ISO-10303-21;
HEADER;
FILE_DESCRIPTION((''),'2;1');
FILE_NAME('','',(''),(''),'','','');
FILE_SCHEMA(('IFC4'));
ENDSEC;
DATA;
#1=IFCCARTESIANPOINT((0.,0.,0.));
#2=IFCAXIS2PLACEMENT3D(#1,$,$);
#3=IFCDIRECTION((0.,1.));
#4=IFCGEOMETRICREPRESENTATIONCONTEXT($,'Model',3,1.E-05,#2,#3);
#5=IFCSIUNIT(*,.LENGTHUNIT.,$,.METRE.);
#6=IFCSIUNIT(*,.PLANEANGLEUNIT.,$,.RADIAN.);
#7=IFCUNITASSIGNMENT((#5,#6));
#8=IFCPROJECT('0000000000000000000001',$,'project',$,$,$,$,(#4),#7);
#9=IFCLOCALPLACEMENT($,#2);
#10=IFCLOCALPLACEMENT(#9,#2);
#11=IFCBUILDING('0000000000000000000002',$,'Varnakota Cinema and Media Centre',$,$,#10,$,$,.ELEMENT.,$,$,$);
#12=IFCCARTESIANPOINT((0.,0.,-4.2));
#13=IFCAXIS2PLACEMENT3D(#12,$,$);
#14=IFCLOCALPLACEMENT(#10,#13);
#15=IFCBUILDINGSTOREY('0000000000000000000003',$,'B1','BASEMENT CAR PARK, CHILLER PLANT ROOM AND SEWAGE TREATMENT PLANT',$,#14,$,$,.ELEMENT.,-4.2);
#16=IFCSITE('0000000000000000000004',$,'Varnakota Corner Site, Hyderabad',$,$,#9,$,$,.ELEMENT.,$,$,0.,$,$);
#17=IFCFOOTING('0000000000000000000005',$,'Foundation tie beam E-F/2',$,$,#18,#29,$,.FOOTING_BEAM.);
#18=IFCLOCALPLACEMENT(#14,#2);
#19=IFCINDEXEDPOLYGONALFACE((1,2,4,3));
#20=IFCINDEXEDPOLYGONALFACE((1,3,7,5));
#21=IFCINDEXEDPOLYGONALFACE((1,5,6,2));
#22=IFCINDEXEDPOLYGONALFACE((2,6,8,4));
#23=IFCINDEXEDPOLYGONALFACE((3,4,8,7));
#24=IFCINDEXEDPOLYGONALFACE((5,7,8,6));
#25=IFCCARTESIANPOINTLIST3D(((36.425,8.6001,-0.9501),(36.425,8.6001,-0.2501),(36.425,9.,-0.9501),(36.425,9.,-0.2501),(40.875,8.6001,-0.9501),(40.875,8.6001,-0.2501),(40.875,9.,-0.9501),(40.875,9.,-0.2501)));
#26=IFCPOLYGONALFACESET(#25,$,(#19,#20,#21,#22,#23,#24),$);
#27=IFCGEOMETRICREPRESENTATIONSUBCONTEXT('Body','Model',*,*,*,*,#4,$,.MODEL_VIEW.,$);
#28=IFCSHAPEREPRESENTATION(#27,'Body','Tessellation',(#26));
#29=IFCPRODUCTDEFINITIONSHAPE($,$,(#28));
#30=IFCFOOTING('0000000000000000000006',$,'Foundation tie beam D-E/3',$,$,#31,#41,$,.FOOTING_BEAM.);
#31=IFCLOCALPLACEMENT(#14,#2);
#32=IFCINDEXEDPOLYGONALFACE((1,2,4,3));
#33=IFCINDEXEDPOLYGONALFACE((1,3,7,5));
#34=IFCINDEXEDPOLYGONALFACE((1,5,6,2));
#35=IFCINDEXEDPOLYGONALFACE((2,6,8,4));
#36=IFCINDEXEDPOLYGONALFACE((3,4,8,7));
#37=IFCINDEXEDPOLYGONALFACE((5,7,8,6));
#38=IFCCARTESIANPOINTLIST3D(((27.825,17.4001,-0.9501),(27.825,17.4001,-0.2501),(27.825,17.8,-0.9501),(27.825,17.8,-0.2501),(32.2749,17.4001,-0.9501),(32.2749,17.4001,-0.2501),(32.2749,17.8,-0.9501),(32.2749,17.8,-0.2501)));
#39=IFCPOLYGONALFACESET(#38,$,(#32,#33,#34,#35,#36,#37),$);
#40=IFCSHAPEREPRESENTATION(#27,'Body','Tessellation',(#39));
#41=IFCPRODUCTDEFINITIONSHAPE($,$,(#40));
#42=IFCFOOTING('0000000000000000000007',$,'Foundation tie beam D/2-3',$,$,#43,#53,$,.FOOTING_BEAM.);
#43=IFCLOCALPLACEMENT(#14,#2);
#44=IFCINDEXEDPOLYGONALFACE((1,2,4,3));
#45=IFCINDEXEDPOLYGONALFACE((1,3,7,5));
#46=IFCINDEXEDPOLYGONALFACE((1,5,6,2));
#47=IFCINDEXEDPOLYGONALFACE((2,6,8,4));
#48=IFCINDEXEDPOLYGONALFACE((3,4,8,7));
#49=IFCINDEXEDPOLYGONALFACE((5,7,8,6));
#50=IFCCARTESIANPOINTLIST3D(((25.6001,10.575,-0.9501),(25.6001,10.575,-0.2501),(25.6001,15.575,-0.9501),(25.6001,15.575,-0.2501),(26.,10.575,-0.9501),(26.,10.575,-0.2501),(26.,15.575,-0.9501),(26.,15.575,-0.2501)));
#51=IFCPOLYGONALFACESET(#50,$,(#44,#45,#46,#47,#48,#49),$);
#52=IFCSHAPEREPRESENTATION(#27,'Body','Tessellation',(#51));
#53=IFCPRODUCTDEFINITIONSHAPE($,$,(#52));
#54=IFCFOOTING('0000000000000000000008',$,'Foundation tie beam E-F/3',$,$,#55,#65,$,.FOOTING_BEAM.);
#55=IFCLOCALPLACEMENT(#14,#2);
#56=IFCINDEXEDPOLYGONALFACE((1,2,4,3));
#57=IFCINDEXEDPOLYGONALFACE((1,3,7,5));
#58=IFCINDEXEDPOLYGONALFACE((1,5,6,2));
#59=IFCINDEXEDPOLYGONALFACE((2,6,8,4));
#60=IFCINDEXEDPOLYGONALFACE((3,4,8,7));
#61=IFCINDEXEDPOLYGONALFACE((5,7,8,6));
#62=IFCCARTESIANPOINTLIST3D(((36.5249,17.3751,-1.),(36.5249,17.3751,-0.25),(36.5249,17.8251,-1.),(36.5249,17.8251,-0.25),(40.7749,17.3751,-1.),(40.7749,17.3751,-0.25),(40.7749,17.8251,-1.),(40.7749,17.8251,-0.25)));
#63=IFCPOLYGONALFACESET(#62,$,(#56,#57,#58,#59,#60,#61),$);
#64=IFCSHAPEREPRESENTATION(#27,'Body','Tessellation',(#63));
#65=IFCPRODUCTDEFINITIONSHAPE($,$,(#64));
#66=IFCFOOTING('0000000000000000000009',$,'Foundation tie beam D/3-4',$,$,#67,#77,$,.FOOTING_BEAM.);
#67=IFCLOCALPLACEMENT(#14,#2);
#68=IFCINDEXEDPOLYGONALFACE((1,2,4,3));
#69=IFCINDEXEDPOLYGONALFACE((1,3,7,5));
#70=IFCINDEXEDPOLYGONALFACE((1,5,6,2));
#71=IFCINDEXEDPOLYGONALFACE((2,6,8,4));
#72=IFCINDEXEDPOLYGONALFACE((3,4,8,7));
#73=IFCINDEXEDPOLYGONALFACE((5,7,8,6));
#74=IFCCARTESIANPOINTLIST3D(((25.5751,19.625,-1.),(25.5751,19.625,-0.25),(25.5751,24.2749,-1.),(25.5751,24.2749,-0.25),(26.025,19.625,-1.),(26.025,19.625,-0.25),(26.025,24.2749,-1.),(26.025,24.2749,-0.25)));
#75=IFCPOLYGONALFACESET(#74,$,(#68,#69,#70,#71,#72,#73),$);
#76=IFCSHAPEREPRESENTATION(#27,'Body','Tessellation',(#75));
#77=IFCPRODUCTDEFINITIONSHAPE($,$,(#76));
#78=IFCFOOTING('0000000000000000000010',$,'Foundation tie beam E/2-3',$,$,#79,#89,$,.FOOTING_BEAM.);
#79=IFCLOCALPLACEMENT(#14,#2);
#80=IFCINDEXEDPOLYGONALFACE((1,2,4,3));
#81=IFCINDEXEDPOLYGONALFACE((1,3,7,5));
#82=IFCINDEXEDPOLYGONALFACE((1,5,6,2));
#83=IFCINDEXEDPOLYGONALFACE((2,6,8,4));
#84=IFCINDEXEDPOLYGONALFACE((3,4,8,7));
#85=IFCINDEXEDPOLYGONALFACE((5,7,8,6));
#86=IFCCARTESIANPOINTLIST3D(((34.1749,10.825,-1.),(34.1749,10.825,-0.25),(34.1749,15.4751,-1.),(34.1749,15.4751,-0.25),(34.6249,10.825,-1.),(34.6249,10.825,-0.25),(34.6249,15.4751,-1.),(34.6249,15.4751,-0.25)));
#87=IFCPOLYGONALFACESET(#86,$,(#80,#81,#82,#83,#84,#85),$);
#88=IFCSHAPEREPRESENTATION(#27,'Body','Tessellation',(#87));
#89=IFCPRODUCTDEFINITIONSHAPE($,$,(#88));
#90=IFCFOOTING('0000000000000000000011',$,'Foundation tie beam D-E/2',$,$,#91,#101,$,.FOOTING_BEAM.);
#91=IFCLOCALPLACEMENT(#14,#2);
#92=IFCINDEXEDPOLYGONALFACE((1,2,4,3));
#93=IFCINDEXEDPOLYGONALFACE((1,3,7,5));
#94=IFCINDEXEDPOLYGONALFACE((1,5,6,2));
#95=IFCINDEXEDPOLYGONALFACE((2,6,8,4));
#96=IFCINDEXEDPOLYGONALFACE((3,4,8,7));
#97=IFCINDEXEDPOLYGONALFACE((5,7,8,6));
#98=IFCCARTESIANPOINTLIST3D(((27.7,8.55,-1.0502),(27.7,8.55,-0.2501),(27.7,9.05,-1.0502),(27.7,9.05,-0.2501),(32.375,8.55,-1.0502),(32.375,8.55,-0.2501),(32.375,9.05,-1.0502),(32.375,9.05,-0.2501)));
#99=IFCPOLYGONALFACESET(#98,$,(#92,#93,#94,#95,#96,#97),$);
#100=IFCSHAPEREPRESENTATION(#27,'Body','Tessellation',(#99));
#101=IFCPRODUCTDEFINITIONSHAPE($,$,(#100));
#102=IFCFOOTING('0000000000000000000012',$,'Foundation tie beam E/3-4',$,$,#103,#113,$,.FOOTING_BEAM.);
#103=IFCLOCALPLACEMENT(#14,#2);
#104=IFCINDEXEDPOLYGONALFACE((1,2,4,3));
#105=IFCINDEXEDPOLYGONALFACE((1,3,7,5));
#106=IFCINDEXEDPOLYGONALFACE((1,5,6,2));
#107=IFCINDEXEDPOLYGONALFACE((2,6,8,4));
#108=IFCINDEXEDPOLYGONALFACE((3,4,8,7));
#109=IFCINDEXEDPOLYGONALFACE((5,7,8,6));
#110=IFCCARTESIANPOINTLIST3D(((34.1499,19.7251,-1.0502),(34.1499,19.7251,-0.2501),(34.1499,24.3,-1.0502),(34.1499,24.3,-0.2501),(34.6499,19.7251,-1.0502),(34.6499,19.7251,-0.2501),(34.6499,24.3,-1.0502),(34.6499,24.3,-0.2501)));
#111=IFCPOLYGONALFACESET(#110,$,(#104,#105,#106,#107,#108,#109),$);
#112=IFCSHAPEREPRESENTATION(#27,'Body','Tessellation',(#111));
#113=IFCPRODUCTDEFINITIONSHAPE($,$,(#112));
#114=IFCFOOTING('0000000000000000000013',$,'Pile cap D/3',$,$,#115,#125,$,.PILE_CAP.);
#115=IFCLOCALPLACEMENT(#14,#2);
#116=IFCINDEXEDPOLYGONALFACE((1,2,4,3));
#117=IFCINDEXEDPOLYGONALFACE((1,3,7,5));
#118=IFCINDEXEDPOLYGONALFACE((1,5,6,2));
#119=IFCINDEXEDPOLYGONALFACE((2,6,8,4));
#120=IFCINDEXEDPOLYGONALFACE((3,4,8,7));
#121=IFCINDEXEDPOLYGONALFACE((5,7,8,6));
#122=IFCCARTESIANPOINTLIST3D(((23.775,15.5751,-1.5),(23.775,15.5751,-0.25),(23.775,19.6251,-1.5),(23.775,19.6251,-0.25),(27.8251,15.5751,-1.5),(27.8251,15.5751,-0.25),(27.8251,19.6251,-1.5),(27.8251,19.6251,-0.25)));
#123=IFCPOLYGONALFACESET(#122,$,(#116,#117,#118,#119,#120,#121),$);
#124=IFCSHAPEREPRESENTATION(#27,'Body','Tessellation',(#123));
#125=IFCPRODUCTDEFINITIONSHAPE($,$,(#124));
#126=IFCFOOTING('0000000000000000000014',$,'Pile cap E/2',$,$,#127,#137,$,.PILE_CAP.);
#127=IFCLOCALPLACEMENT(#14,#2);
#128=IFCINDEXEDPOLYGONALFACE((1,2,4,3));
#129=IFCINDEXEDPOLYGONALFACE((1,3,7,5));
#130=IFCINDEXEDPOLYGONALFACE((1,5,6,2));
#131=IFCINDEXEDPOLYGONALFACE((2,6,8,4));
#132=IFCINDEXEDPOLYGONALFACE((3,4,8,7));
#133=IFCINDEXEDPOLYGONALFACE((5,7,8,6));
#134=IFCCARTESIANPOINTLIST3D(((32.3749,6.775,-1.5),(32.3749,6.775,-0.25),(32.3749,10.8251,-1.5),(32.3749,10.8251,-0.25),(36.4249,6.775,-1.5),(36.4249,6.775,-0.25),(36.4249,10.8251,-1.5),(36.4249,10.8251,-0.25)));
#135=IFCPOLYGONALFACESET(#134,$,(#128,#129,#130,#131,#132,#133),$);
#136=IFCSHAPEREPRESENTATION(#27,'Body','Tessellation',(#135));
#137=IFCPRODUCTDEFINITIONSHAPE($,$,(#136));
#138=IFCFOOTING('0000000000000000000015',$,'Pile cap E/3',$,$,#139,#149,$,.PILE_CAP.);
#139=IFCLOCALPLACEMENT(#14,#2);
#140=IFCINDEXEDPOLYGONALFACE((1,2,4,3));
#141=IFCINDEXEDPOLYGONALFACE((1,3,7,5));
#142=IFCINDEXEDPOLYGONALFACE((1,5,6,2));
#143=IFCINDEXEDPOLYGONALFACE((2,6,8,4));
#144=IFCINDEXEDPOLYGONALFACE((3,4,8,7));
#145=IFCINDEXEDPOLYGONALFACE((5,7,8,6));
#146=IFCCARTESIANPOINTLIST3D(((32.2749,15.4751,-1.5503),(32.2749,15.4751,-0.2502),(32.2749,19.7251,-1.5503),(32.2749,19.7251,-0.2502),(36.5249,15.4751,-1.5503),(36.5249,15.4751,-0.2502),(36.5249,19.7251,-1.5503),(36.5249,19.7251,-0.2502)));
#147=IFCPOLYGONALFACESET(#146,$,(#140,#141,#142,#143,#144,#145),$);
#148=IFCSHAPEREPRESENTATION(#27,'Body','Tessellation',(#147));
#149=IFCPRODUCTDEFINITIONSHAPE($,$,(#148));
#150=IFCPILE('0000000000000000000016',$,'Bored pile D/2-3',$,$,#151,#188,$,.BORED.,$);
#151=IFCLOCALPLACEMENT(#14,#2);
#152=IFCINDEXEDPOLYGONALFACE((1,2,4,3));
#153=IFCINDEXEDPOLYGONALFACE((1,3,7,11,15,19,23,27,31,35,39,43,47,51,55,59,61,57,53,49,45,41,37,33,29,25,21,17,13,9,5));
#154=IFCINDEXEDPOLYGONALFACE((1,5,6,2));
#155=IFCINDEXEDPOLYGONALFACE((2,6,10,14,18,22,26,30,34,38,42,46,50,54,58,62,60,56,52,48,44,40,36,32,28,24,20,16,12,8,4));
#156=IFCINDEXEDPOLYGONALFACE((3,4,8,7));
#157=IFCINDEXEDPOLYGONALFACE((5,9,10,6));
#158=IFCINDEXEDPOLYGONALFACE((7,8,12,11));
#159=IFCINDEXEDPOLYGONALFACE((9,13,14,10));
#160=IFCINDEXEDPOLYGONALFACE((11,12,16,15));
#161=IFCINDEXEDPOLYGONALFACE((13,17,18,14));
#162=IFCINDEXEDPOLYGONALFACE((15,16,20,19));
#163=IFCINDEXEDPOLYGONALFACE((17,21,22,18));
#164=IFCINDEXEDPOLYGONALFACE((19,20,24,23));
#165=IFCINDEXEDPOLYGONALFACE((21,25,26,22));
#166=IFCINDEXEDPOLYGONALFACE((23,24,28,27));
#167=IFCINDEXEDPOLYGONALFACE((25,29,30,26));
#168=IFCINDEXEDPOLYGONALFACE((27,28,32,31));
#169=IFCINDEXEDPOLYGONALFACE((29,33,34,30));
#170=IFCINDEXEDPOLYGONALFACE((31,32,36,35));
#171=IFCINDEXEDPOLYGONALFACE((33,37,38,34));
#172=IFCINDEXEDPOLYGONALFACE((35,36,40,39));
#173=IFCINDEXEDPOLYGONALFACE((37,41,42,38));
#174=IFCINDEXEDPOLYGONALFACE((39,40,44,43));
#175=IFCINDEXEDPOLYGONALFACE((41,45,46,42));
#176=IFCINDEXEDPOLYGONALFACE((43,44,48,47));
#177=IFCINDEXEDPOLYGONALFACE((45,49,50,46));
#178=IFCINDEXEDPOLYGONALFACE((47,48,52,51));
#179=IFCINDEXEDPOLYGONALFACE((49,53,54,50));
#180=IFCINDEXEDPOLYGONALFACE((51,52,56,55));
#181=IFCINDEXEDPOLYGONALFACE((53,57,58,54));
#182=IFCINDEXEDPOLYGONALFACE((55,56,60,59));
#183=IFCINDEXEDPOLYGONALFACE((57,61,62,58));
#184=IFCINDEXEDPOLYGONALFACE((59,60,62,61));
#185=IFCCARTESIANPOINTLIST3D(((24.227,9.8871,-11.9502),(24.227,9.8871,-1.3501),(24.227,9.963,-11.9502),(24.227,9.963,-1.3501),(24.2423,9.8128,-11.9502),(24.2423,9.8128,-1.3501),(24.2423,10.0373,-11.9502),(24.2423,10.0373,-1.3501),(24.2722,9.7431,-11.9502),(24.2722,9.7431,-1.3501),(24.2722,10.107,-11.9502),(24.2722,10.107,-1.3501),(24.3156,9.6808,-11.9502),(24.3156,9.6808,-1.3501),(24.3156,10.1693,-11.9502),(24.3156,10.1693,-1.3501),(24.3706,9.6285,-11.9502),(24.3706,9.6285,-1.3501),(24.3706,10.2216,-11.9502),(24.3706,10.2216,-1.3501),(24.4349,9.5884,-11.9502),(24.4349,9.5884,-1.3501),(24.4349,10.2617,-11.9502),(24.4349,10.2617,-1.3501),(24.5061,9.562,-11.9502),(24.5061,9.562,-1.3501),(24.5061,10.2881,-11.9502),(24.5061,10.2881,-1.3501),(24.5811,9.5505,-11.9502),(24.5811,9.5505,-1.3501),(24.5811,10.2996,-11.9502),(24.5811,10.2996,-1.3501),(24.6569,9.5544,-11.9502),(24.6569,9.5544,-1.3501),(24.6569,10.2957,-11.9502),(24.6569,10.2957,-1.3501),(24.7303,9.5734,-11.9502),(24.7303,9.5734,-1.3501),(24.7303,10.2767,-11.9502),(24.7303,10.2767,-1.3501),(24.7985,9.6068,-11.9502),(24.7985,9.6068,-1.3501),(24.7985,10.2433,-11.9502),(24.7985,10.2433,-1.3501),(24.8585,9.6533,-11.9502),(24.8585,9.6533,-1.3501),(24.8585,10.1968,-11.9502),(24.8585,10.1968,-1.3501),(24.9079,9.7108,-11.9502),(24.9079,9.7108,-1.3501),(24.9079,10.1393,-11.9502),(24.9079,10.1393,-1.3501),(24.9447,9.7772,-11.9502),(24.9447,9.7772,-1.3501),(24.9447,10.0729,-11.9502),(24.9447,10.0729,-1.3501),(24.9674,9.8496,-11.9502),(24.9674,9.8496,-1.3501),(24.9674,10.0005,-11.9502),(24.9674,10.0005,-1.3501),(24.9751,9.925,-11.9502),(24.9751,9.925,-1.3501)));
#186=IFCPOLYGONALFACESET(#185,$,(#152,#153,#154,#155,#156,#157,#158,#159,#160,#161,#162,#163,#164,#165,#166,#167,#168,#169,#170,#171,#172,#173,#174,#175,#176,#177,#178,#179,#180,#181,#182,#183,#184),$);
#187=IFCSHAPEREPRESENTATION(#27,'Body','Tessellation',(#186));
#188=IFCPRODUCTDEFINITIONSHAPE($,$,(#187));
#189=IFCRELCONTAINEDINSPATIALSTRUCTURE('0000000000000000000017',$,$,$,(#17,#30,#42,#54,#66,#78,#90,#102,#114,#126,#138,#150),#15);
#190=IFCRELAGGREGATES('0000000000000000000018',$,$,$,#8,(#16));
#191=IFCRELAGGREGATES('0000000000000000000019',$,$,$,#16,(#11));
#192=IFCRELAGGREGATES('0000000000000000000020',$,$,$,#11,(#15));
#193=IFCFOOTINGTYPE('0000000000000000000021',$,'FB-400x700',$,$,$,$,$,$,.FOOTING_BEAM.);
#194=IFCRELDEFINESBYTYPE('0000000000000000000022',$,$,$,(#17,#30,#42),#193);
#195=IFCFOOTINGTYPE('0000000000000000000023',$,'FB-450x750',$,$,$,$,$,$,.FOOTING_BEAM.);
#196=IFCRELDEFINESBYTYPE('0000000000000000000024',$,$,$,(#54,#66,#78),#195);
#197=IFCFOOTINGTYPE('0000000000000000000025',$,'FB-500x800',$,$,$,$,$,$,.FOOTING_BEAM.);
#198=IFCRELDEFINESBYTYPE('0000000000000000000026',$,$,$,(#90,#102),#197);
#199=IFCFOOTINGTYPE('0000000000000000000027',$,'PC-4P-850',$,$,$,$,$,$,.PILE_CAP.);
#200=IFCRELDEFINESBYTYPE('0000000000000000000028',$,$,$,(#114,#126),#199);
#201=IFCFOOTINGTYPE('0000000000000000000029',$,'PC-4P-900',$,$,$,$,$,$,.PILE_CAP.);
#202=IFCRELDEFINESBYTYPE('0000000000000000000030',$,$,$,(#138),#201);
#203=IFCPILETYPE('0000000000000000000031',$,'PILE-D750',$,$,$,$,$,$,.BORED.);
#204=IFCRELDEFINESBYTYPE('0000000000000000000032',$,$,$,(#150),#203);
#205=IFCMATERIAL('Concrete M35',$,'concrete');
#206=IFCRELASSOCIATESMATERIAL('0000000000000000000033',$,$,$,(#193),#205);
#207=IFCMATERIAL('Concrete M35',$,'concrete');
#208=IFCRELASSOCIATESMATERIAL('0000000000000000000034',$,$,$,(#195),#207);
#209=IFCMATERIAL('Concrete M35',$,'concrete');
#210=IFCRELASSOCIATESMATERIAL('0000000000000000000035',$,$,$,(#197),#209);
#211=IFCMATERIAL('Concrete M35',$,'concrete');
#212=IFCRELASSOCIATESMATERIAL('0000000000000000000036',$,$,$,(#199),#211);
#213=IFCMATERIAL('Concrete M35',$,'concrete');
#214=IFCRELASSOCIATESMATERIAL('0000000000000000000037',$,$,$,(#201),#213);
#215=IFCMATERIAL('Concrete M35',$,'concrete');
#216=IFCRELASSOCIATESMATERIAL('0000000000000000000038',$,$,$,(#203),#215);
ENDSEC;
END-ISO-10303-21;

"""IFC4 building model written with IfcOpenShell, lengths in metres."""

from ifc_helpers import new_model, si_unit, direction, frame, origin, origin_2d, place, context, subcontext, project, spatial, rectangle, circle, extrude, material, material_profile, profile_set, type_object, element, save


model = new_model("IFC4")

# Units and contexts
model_context = context("Model", 3, precision=1e-05, world=origin(), true_north=direction((0.0, 1.0)))
body_context = subcontext(model_context, "Body", "Model", "MODEL_VIEW")
ifc_project = project(units=[si_unit("LENGTHUNIT", "METRE"), si_unit("PLANEANGLEUNIT", "RADIAN")], contexts=[model_context])

# Site, building, storey
site_placement = place(None, origin())
site = spatial("IfcSite", under=ifc_project, at=site_placement, Name="Varnakota Corner Site, Hyderabad", CompositionType="ELEMENT", RefElevation=0.0)
building_placement = place(site_placement, origin())
building = spatial("IfcBuilding", under=site, at=building_placement, Name="Varnakota Cinema and Media Centre", CompositionType="ELEMENT")
storey_placement = place(building_placement, frame((0.0, 0.0, -4.2)))
storey = spatial("IfcBuildingStorey", under=building, at=storey_placement, Name="B1", Description="BASEMENT CAR PARK, CHILLER PLANT ROOM AND SEWAGE TREATMENT PLANT", CompositionType="ELEMENT", Elevation=-4.2)

# Footings
ifc_material_1 = material(Name="Concrete M35", Category="concrete")
ifc_material_profile_1 = material_profile(ifc_material_1, rectangle(XDim=0.3999, YDim=0.7, at=origin_2d()), Name="FB 400x700")
ifc_profile_set_1 = profile_set([ifc_material_profile_1], Name="Concrete M35")
footing_type_1 = type_object("IfcFootingType", Name="FB-400x700", PredefinedType="FOOTING_BEAM", material=ifc_profile_set_1)
for number, where, z_axis, x_axis, name in (
    (1, (36.425, 8.8, -0.6001), (1.0, 0.0, 0.0), (0.0, 1.0, 0.0), "Foundation tie beam E-F/2"),
    (2, (27.825, 17.6001, -0.6001), (1.0, 0.0, 0.0), (0.0, 1.0, 0.0), "Foundation tie beam D-E/3"),
):
    element("IfcFooting", number, at=place(storey_placement, frame(where, z_axis=z_axis, x_axis=x_axis)), inside=storey, type_object=footing_type_1, Name=name, PredefinedType="FOOTING_BEAM", context=body_context, shape_type="SweptSolid", body=[
        extrude(rectangle(XDim=0.3999, YDim=0.7, at=origin_2d()), origin(), (0.0, 0.0, 1.0), 4.45),
    ])
footing_1_placement = place(storey_placement, frame((25.8, 10.575, -0.6001), z_axis=(0.0, 1.0, 0.0), x_axis=(-1.0, 0.0, 0.0)))
element("IfcFooting", 3, at=footing_1_placement, inside=storey, type_object=footing_type_1, Name="Foundation tie beam D/2-3", PredefinedType="FOOTING_BEAM", context=body_context, shape_type="SweptSolid", body=[
    extrude(rectangle(XDim=0.3999, YDim=0.7, at=origin_2d()), origin(), (0.0, 0.0, 1.0), 5.0),
])
ifc_material_2 = material(Name="Concrete M35", Category="concrete")
ifc_material_profile_2 = material_profile(ifc_material_2, rectangle(XDim=0.45, YDim=0.75, at=origin_2d()), Name="FB 450x750")
ifc_profile_set_2 = profile_set([ifc_material_profile_2], Name="Concrete M35")
footing_type_2 = type_object("IfcFootingType", Name="FB-450x750", PredefinedType="FOOTING_BEAM", material=ifc_profile_set_2)
footing_2_placement = place(storey_placement, frame((36.5249, 17.6001, -0.625), z_axis=(1.0, 0.0, 0.0), x_axis=(0.0, 1.0, 0.0)))
element("IfcFooting", 4, at=footing_2_placement, inside=storey, type_object=footing_type_2, Name="Foundation tie beam E-F/3", PredefinedType="FOOTING_BEAM", context=body_context, shape_type="SweptSolid", body=[
    extrude(rectangle(XDim=0.45, YDim=0.75, at=origin_2d()), origin(), (0.0, 0.0, 1.0), 4.25),
])
footing_3_placement = place(storey_placement, frame((25.8, 19.625, -0.625), z_axis=(0.0, 1.0, 0.0), x_axis=(-1.0, 0.0, 0.0)))
element("IfcFooting", 5, at=footing_3_placement, inside=storey, type_object=footing_type_2, Name="Foundation tie beam D/3-4", PredefinedType="FOOTING_BEAM", context=body_context, shape_type="SweptSolid", body=[
    extrude(rectangle(XDim=0.45, YDim=0.75, at=origin_2d()), origin(), (0.0, 0.0, 1.0), 4.6499),
])
footing_4_placement = place(storey_placement, frame((34.3999, 10.825, -0.625), z_axis=(0.0, 1.0, 0.0), x_axis=(-1.0, 0.0, 0.0)))
element("IfcFooting", 6, at=footing_4_placement, inside=storey, type_object=footing_type_2, Name="Foundation tie beam E/2-3", PredefinedType="FOOTING_BEAM", context=body_context, shape_type="SweptSolid", body=[
    extrude(rectangle(XDim=0.45, YDim=0.75, at=origin_2d()), origin(), (0.0, 0.0, 1.0), 4.6501),
])
ifc_material_3 = material(Name="Concrete M35", Category="concrete")
ifc_material_profile_3 = material_profile(ifc_material_3, rectangle(XDim=0.5, YDim=0.8, at=origin_2d()), Name="FB 500x800")
ifc_profile_set_3 = profile_set([ifc_material_profile_3], Name="Concrete M35")
footing_type_3 = type_object("IfcFootingType", Name="FB-500x800", PredefinedType="FOOTING_BEAM", material=ifc_profile_set_3)
footing_5_placement = place(storey_placement, frame((27.7, 8.8, -0.6501), z_axis=(1.0, 0.0, 0.0), x_axis=(0.0, 1.0, 0.0)))
element("IfcFooting", 7, at=footing_5_placement, inside=storey, type_object=footing_type_3, Name="Foundation tie beam D-E/2", PredefinedType="FOOTING_BEAM", context=body_context, shape_type="SweptSolid", body=[
    extrude(rectangle(XDim=0.5, YDim=0.8, at=origin_2d()), origin(), (0.0, 0.0, 1.0), 4.675),
])
footing_6_placement = place(storey_placement, frame((34.3999, 19.7251, -0.6501), z_axis=(0.0, 1.0, 0.0), x_axis=(-1.0, 0.0, 0.0)))
element("IfcFooting", 8, at=footing_6_placement, inside=storey, type_object=footing_type_3, Name="Foundation tie beam E/3-4", PredefinedType="FOOTING_BEAM", context=body_context, shape_type="SweptSolid", body=[
    extrude(rectangle(XDim=0.5, YDim=0.8, at=origin_2d()), origin(), (0.0, 0.0, 1.0), 4.575),
])
ifc_material_4 = material(Name="Concrete M35", Category="concrete")
footing_type_4 = type_object("IfcFootingType", Name="PC-4P-850", PredefinedType="PILE_CAP", material=ifc_material_4)
for number, where, z_axis, x_axis, name in (
    (9, (25.8, 17.6001, -1.5), (0.0, 0.0, 1.0), (1.0, 0.0, 0.0), "Pile cap D/3"),
    (10, (34.3999, 8.8, -1.5), (0.0, 0.0, 1.0), (1.0, 0.0, 0.0), "Pile cap E/2"),
):
    element("IfcFooting", number, at=place(storey_placement, frame(where, z_axis=z_axis, x_axis=x_axis)), inside=storey, type_object=footing_type_4, Name=name, PredefinedType="PILE_CAP", context=body_context, shape_type="SweptSolid", body=[
        extrude(rectangle(XDim=4.05, YDim=4.05, at=origin_2d()), origin(), (0.0, 0.0, 1.0), 1.25),
    ])
ifc_material_5 = material(Name="Concrete M35", Category="concrete")
footing_type_5 = type_object("IfcFootingType", Name="PC-4P-900", PredefinedType="PILE_CAP", material=ifc_material_5)
footing_7_placement = place(storey_placement, frame((34.3999, 17.6001, -1.5503), z_axis=(0.0, 0.0, 1.0), x_axis=(1.0, 0.0, 0.0)))
element("IfcFooting", 11, at=footing_7_placement, inside=storey, type_object=footing_type_5, Name="Pile cap E/3", PredefinedType="PILE_CAP", context=body_context, shape_type="SweptSolid", body=[
    extrude(rectangle(XDim=4.25, YDim=4.25, at=origin_2d()), origin(), (0.0, 0.0, 1.0), 1.3),
])

# Pile
ifc_material_6 = material(Name="Concrete M35", Category="concrete")
ifc_material_profile_4 = material_profile(ifc_material_6, circle(Radius=0.375, at=origin_2d()), Name="PILE D750")
ifc_profile_set_4 = profile_set([ifc_material_profile_4], Name="Concrete M35")
pile_type_1 = type_object("IfcPileType", Name="PILE-D750", PredefinedType="BORED", material=ifc_profile_set_4)
for number, where, z_axis, x_axis, name in (
    (12, (24.6001, 9.925, -1.3501), (0.0, 0.0, -1.0), (1.0, 0.0, 0.0), "Bored pile D/2-3"),
):
    element("IfcPile", number, at=place(storey_placement, frame(where, z_axis=z_axis, x_axis=x_axis)), inside=storey, type_object=pile_type_1, Name=name, PredefinedType="BORED", context=body_context, shape_type="SweptSolid", body=[
        extrude(circle(Radius=0.375, at=origin_2d()), origin(), (0.0, 0.0, 1.0), 10.6001),
    ])

save(model, "model.ifc")
